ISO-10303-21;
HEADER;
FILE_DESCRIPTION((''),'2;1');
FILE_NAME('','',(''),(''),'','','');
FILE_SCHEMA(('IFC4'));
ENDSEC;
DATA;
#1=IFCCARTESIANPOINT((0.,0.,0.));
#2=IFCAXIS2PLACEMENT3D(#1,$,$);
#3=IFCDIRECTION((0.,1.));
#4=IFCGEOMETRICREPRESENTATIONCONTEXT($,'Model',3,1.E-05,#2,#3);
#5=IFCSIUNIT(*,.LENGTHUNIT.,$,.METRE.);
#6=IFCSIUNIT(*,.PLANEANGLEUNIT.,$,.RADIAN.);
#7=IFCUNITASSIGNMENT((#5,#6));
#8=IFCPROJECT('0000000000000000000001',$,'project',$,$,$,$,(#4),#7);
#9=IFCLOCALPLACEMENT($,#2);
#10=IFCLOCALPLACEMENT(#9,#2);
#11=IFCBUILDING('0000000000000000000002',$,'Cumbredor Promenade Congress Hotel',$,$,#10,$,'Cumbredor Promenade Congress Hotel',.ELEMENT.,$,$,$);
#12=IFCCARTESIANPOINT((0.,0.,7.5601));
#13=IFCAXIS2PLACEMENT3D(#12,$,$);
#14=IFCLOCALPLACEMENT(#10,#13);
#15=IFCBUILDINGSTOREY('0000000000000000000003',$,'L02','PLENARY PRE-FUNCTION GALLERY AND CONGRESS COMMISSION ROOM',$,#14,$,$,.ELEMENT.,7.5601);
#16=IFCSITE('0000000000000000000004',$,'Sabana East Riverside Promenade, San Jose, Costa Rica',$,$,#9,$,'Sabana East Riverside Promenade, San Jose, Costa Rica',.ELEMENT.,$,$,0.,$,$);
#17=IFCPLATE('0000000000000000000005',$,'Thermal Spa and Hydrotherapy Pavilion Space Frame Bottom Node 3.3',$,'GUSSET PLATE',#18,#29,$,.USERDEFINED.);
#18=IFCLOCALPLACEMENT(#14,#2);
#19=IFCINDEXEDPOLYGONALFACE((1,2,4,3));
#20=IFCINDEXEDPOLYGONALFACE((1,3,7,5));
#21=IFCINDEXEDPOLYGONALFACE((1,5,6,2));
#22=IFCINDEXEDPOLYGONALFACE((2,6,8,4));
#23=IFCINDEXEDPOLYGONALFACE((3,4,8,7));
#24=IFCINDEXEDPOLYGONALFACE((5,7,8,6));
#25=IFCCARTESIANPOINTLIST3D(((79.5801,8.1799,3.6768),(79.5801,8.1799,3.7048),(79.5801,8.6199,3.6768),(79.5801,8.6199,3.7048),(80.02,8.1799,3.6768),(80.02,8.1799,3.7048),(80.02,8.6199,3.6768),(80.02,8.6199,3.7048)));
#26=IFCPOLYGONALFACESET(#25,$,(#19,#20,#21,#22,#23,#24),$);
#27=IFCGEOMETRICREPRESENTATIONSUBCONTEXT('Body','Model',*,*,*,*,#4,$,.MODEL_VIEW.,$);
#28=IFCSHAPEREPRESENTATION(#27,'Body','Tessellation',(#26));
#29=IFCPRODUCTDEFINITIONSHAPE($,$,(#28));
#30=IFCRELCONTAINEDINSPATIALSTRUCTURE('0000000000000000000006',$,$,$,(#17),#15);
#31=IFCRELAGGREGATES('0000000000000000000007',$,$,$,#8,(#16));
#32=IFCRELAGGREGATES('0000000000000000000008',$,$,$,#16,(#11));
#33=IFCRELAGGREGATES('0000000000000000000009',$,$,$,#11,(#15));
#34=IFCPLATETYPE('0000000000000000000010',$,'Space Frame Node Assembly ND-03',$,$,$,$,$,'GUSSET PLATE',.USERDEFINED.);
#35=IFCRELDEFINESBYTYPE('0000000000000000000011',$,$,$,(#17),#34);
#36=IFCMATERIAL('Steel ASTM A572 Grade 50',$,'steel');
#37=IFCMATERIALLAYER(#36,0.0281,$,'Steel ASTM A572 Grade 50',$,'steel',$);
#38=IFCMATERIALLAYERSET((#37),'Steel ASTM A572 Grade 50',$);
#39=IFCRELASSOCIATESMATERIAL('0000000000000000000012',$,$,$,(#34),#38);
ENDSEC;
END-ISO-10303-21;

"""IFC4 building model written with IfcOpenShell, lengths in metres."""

from ifc_helpers import new_model, si_unit, direction, frame, origin, origin_2d, place, context, subcontext, project, spatial, rectangle, extrude, material, layer, layer_set, type_object, element, save


model = new_model("IFC4")

# Units and contexts
model_context = context("Model", 3, precision=1e-05, world=origin(), true_north=direction((0.0, 1.0)))
body_context = subcontext(model_context, "Body", "Model", "MODEL_VIEW")
ifc_project = project(units=[si_unit("LENGTHUNIT", "METRE"), si_unit("PLANEANGLEUNIT", "RADIAN")], contexts=[model_context])

# Site, building, storey
site_placement = place(None, origin())
site = spatial("IfcSite", under=ifc_project, at=site_placement, Name="Sabana East Riverside Promenade, San Jose, Costa Rica", LongName="Sabana East Riverside Promenade, San Jose, Costa Rica", CompositionType="ELEMENT", RefElevation=0.0)
building_placement = place(site_placement, origin())
building = spatial("IfcBuilding", under=site, at=building_placement, Name="Cumbredor Promenade Congress Hotel", LongName="Cumbredor Promenade Congress Hotel", CompositionType="ELEMENT")
storey_placement = place(building_placement, frame((0.0, 0.0, 7.5601)))
storey = spatial("IfcBuildingStorey", under=building, at=storey_placement, Name="L02", Description="PLENARY PRE-FUNCTION GALLERY AND CONGRESS COMMISSION ROOM", CompositionType="ELEMENT", Elevation=7.5601)

# Plate
ifc_material_1 = material(Name="Steel ASTM A572 Grade 50", Category="steel")
ifc_layer_1 = layer(ifc_material_1, 0.0281, Name="Steel ASTM A572 Grade 50", Category="steel")
ifc_layer_set_1 = layer_set([ifc_layer_1], Name="Steel ASTM A572 Grade 50")
plate_type_1 = type_object("IfcPlateType", Name="Space Frame Node Assembly ND-03", ElementType="GUSSET PLATE", PredefinedType="USERDEFINED", material=ifc_layer_set_1)
for number, where, z_axis, x_axis, name in (
    (1, (79.8, 8.3999, 3.6768), (0.0, 0.0, 1.0), (1.0, 0.0, 0.0), "Thermal Spa and Hydrotherapy Pavilion Space Frame Bottom Node 3.3"),
):
    element("IfcPlate", number, at=place(storey_placement, frame(where, z_axis=z_axis, x_axis=x_axis)), inside=storey, type_object=plate_type_1, Name=name, ObjectType="GUSSET PLATE", PredefinedType="USERDEFINED", context=body_context, shape_type="SweptSolid", body=[
        extrude(rectangle(XDim=0.4399, YDim=0.4399, at=origin_2d()), origin(), (0.0, 0.0, 1.0), 0.0281),
    ])

save(model, "model.ifc")
